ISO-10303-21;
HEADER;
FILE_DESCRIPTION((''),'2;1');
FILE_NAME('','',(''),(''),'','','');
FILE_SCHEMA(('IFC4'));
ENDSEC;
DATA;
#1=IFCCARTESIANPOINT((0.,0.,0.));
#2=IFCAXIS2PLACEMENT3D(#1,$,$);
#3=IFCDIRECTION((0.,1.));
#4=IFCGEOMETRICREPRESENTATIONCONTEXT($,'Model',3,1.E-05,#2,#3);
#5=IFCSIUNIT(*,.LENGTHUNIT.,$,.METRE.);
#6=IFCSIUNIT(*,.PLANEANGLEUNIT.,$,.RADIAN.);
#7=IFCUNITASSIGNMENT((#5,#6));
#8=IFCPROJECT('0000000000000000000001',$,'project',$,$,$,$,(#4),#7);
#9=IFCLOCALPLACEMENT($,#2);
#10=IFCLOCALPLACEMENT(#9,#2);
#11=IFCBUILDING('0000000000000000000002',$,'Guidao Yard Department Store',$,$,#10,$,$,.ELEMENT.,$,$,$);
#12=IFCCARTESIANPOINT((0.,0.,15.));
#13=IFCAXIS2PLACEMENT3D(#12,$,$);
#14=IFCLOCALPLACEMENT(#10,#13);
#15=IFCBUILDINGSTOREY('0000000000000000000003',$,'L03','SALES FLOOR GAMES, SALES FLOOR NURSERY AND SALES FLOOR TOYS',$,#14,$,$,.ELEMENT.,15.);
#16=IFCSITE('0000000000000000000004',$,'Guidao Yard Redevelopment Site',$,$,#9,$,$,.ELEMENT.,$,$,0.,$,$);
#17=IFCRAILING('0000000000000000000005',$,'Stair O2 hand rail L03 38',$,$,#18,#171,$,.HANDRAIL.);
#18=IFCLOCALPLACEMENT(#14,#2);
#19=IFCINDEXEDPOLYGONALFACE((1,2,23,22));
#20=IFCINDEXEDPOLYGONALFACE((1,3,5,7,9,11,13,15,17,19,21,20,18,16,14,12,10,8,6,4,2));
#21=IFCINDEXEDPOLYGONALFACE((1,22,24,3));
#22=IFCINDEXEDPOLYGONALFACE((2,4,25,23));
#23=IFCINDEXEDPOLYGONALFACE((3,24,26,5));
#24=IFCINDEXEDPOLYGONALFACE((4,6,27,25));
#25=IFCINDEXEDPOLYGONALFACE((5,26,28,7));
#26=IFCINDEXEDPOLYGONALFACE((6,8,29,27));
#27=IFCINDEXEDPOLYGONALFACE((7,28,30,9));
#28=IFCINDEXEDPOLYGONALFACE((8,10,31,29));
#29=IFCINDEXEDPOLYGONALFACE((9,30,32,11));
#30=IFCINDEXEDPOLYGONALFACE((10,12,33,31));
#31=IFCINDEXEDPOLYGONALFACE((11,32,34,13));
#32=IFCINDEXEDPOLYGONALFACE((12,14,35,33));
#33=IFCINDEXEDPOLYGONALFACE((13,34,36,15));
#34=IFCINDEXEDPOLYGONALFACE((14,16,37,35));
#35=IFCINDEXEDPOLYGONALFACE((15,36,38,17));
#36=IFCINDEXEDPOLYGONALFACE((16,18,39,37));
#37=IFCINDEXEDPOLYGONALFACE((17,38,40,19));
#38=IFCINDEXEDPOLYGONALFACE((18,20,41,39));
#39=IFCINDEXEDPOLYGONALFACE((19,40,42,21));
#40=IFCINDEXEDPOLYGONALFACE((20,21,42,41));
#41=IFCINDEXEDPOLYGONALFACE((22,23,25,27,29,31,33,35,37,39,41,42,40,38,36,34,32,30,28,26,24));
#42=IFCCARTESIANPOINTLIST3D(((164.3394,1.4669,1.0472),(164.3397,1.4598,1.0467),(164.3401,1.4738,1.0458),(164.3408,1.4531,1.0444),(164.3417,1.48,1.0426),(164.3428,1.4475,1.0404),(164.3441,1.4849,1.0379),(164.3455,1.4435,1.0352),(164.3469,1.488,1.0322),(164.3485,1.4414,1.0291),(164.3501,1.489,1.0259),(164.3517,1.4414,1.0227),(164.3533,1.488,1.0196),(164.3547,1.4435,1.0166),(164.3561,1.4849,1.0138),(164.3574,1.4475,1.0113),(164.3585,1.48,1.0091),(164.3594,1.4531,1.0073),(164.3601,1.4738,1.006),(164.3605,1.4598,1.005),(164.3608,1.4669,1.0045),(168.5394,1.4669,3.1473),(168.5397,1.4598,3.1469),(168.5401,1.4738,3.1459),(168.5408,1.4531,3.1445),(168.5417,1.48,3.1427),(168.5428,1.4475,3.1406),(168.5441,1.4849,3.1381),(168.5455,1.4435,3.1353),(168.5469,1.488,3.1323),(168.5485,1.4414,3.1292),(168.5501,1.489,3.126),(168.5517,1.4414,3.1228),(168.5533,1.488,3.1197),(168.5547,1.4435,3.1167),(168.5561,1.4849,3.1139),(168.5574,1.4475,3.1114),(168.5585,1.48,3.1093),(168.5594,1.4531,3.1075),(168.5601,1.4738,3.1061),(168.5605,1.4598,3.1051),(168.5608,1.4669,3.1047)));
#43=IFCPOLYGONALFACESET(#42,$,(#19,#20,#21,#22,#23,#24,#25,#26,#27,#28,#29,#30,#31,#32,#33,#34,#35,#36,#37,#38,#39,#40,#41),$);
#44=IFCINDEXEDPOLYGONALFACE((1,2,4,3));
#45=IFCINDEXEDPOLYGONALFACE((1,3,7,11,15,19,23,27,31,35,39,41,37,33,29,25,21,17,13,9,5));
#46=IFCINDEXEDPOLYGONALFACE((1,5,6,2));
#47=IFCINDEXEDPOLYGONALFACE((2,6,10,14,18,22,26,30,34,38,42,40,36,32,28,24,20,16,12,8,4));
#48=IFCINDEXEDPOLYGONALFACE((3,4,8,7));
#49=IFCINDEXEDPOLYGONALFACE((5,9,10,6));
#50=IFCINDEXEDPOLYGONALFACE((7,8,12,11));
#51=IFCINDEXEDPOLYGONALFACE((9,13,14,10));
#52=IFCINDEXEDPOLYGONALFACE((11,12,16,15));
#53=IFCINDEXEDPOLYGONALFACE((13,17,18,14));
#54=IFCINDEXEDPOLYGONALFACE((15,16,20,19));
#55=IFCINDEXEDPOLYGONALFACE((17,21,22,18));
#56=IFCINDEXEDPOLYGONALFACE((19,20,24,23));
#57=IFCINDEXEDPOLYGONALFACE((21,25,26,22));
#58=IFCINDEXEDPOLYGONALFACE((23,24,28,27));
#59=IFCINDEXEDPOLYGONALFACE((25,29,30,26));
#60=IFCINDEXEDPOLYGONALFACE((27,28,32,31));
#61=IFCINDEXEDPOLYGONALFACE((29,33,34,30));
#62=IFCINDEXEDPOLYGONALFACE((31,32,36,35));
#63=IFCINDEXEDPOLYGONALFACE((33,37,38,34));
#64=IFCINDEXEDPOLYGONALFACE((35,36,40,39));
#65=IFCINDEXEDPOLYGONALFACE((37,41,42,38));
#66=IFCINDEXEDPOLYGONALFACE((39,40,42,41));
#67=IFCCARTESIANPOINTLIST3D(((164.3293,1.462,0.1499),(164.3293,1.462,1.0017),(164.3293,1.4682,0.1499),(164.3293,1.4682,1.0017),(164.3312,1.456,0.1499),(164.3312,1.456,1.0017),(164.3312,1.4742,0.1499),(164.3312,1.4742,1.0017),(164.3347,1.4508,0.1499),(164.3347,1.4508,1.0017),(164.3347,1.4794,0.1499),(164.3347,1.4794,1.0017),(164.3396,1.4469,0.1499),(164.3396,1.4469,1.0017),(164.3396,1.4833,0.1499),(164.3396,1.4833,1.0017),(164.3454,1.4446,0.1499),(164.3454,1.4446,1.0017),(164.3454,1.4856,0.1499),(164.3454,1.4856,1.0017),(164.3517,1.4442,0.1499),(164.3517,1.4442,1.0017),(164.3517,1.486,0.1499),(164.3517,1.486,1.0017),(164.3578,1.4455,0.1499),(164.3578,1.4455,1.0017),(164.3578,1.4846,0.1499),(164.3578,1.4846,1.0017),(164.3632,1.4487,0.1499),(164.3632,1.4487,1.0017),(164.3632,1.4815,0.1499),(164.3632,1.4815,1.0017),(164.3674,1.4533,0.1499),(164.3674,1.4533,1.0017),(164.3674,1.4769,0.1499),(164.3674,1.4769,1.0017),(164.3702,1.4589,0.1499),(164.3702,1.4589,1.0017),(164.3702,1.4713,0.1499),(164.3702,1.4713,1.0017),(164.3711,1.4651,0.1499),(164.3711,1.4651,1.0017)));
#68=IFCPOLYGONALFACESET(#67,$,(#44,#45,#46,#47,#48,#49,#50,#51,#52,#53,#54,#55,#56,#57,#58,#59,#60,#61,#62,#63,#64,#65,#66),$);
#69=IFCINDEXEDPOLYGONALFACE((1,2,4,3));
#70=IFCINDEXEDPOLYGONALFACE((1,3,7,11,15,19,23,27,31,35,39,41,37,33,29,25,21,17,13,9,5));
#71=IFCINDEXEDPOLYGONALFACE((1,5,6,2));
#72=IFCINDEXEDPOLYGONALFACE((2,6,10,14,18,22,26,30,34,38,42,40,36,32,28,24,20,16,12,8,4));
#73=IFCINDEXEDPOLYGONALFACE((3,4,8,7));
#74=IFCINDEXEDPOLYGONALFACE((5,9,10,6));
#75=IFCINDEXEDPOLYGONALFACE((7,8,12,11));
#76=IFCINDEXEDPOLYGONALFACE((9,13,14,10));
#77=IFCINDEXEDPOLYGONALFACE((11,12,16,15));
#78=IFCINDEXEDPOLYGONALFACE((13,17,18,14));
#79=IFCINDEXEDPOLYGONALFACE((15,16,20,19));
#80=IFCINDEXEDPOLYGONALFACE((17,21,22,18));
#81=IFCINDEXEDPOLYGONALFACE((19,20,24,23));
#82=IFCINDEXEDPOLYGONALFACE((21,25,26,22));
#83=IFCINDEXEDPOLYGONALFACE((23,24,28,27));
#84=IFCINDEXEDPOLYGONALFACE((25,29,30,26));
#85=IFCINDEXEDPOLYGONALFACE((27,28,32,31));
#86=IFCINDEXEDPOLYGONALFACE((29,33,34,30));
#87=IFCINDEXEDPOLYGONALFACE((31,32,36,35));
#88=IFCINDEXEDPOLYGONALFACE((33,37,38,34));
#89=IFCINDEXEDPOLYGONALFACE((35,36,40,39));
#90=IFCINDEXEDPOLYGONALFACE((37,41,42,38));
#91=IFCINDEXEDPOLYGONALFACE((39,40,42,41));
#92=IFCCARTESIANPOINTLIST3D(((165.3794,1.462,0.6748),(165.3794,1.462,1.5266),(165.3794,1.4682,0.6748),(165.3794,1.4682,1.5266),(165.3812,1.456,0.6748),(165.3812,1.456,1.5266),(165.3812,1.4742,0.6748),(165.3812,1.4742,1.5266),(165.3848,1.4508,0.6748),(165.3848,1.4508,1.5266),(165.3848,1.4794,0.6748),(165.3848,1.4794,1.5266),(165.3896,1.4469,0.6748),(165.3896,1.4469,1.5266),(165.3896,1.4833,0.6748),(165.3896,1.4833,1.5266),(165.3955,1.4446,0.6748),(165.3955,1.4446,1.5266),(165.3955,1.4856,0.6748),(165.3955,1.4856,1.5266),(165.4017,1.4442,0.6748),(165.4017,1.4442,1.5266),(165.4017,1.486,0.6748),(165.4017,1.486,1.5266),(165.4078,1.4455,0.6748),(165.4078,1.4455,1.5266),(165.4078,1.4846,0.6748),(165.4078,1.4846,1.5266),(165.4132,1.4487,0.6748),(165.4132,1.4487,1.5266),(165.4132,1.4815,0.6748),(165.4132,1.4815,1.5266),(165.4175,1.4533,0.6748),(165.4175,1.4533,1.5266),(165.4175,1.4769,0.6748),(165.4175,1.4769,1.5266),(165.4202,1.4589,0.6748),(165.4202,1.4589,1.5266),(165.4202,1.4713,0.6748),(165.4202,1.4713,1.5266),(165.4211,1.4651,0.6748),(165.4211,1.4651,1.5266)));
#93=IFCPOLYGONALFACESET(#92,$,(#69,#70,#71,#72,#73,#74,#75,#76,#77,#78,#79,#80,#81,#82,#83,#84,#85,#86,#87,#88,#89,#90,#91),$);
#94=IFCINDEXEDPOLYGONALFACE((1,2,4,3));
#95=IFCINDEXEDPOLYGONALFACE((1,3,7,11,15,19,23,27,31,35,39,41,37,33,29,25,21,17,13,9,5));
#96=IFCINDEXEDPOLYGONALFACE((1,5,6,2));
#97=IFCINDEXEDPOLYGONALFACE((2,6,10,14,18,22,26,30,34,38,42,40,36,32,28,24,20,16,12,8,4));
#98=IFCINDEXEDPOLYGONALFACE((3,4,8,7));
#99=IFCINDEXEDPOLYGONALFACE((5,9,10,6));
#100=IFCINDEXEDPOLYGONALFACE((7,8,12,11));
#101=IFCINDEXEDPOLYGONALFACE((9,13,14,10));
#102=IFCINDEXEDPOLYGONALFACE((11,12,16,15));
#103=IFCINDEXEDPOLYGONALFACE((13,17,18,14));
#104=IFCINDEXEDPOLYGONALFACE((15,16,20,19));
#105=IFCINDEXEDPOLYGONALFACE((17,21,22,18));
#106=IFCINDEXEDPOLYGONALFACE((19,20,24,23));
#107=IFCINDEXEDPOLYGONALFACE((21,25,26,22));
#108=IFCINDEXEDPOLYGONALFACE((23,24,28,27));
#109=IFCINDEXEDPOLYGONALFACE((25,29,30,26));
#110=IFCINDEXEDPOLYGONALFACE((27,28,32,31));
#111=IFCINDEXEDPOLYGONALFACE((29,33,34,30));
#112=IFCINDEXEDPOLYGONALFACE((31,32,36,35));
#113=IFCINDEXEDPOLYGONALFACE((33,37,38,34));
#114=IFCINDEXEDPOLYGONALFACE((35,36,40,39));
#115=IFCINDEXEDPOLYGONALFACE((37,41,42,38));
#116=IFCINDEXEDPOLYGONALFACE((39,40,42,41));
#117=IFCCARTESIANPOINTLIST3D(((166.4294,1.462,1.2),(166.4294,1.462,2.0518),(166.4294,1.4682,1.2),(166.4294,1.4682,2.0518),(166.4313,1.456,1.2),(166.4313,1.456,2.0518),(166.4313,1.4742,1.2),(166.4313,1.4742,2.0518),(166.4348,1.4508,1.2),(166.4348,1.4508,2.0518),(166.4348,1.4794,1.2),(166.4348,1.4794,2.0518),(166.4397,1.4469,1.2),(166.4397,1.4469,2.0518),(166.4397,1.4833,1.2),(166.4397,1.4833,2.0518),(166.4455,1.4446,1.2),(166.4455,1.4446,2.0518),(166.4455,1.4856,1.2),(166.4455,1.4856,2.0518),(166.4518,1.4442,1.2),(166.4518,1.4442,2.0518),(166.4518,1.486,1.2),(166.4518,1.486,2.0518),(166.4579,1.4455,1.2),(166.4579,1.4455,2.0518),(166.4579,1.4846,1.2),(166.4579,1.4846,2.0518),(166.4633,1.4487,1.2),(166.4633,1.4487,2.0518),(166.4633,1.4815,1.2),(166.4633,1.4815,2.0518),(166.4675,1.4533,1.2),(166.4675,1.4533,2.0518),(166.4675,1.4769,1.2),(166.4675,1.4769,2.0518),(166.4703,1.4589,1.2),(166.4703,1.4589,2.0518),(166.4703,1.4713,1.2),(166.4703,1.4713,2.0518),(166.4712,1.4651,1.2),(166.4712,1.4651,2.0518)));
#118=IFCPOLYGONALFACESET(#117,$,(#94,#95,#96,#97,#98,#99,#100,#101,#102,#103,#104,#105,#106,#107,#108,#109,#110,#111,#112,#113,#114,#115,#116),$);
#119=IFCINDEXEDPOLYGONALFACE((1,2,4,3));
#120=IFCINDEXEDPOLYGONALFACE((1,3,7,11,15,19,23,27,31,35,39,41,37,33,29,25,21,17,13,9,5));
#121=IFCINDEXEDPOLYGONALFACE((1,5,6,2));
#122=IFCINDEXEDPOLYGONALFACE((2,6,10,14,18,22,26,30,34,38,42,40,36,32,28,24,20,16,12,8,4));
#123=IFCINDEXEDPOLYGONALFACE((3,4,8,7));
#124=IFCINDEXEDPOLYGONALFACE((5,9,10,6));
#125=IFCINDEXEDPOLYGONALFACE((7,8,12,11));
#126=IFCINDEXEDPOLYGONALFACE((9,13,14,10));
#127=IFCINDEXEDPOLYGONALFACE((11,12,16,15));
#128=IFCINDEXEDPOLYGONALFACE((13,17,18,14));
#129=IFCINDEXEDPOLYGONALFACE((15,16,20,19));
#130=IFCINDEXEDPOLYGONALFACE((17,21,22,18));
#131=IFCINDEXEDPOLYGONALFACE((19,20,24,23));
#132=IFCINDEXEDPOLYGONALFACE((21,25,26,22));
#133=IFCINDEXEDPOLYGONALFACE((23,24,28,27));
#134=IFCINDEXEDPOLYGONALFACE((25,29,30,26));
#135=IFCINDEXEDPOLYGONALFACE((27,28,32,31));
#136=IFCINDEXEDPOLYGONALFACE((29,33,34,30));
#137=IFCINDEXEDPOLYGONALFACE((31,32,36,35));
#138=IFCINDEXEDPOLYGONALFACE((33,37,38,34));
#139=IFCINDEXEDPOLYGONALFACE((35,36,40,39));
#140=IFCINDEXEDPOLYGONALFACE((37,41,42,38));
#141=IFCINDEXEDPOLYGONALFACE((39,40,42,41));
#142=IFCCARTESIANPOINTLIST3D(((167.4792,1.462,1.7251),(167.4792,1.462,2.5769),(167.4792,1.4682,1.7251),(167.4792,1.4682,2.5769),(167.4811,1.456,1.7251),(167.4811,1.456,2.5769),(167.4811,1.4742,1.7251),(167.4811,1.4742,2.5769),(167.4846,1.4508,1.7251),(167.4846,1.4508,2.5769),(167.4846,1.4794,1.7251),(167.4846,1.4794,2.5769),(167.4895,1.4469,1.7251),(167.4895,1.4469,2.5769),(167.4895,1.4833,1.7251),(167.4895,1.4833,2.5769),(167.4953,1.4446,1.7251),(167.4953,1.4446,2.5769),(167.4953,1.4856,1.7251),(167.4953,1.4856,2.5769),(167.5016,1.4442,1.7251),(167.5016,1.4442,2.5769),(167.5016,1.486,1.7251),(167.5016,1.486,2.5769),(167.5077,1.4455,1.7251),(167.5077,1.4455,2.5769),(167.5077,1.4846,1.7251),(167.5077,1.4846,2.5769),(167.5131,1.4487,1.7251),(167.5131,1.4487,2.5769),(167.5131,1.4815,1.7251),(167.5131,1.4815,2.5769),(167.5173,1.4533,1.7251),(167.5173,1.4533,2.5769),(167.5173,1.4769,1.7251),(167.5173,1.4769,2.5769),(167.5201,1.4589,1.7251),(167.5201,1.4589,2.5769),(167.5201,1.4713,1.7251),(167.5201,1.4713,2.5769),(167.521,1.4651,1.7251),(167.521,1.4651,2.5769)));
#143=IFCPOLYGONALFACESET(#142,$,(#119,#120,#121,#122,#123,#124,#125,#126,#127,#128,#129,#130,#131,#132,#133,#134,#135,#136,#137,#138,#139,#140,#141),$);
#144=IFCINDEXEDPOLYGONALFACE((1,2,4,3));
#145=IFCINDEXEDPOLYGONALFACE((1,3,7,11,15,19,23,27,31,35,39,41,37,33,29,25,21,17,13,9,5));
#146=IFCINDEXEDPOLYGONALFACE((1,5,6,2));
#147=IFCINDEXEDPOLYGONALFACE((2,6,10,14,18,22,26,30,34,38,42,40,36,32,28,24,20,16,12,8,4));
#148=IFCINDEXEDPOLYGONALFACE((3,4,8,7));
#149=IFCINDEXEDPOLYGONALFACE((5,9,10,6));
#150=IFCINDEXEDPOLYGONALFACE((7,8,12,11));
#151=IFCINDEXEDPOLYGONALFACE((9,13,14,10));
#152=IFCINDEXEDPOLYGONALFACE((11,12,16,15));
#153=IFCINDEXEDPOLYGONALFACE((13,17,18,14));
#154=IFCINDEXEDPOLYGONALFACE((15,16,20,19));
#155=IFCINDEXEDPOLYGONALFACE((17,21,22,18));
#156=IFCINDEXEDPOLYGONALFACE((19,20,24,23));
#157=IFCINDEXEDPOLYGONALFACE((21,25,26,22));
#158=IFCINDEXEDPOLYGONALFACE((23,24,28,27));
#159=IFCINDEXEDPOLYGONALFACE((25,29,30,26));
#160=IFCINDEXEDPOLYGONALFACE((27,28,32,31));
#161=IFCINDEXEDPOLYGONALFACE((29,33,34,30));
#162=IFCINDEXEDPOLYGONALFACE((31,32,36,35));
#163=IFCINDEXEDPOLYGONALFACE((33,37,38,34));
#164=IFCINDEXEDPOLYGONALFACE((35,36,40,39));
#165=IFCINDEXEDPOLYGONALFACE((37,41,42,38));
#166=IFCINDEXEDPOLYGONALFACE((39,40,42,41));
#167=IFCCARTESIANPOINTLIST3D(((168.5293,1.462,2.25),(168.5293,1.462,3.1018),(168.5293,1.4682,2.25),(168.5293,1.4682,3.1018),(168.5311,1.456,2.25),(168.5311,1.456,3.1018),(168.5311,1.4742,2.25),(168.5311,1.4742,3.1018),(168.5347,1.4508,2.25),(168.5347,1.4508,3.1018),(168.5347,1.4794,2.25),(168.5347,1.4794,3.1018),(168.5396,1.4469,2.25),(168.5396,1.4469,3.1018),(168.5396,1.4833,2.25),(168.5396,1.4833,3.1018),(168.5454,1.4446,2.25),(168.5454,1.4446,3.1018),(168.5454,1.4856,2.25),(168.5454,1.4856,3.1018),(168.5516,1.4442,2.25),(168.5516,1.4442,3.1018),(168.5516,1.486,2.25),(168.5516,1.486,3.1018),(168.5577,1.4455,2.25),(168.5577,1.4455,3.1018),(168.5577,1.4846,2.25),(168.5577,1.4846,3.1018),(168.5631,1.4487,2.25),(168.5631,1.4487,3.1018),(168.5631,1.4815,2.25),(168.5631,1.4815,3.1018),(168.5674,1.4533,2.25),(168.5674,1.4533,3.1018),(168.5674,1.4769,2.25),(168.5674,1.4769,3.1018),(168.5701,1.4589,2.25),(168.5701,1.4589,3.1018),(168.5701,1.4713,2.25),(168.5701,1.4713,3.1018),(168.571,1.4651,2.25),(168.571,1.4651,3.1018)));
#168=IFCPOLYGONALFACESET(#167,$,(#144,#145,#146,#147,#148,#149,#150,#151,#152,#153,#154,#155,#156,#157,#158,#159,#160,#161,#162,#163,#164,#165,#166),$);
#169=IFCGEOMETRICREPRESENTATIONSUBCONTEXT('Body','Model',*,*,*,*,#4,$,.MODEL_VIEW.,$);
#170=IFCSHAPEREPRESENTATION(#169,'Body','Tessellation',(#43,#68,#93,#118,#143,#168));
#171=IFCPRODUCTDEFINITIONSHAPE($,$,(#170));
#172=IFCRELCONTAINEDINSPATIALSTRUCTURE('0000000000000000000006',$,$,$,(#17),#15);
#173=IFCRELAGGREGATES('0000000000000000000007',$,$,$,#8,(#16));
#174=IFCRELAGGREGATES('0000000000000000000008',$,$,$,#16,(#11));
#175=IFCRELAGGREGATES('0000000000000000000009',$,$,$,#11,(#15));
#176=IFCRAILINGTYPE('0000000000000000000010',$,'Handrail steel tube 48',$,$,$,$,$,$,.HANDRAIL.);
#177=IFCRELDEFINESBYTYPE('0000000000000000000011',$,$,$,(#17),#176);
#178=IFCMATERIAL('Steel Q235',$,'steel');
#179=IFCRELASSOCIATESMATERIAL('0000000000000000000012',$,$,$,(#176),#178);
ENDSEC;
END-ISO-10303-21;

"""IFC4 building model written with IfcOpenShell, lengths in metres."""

from ifc_helpers import new_model, si_unit, direction, frame, origin, origin_2d, place, context, subcontext, project, spatial, circle, extrude, material, type_object, element, save


model = new_model("IFC4")

# Units and contexts
model_context = context("Model", 3, precision=1e-05, world=origin(), true_north=direction((0.0, 1.0)))
body_context = subcontext(model_context, "Body", "Model", "MODEL_VIEW")
ifc_project = project(units=[si_unit("LENGTHUNIT", "METRE"), si_unit("PLANEANGLEUNIT", "RADIAN")], contexts=[model_context])

# Site, building, storey
site_placement = place(None, origin())
site = spatial("IfcSite", under=ifc_project, at=site_placement, Name="Guidao Yard Redevelopment Site", CompositionType="ELEMENT", RefElevation=0.0)
building_placement = place(site_placement, origin())
building = spatial("IfcBuilding", under=site, at=building_placement, Name="Guidao Yard Department Store", CompositionType="ELEMENT")
storey_placement = place(building_placement, frame((0.0, 0.0, 15.0)))
storey = spatial("IfcBuildingStorey", under=building, at=storey_placement, Name="L03", Description="SALES FLOOR GAMES, SALES FLOOR NURSERY AND SALES FLOOR TOYS", CompositionType="ELEMENT", Elevation=15.0)

# Railing
ifc_material_1 = material(Name="Steel Q235", Category="steel")
railing_type_1 = type_object("IfcRailingType", Name="Handrail steel tube 48", PredefinedType="HANDRAIL", material=ifc_material_1)
for number, where, name in (
    (1, (164.3501, 1.4651, 0.1499), "Stair O2 hand rail L03 38"),
):
    element("IfcRailing", number, at=place(storey_placement, frame(where)), inside=storey, type_object=railing_type_1, Name=name, PredefinedType="HANDRAIL", context=body_context, shape_type="SweptSolid", body=[
        extrude(circle(Radius=0.0239, at=origin_2d()), frame((0.0, 0.0, 0.876), z_axis=(0.894417, 0.0, 0.447234), x_axis=(0.0, 1.0, 0.0)), (0.0, 0.0, 1.0), 4.6958),
        extrude(circle(Radius=0.021, at=origin_2d()), origin(), (0.0, 0.0, 1.0), 0.8518),
        extrude(circle(Radius=0.021, at=origin_2d()), frame((1.05, 0.0, 0.5249)), (0.0, 0.0, 1.0), 0.8518),
        extrude(circle(Radius=0.021, at=origin_2d()), frame((2.1001, 0.0, 1.05)), (0.0, 0.0, 1.0), 0.8518),
        extrude(circle(Radius=0.021, at=origin_2d()), frame((3.1499, 0.0, 1.5752)), (0.0, 0.0, 1.0), 0.8518),
        extrude(circle(Radius=0.021, at=origin_2d()), frame((4.2, 0.0, 2.1001)), (0.0, 0.0, 1.0), 0.8518),
    ])

save(model, "model.ifc")
